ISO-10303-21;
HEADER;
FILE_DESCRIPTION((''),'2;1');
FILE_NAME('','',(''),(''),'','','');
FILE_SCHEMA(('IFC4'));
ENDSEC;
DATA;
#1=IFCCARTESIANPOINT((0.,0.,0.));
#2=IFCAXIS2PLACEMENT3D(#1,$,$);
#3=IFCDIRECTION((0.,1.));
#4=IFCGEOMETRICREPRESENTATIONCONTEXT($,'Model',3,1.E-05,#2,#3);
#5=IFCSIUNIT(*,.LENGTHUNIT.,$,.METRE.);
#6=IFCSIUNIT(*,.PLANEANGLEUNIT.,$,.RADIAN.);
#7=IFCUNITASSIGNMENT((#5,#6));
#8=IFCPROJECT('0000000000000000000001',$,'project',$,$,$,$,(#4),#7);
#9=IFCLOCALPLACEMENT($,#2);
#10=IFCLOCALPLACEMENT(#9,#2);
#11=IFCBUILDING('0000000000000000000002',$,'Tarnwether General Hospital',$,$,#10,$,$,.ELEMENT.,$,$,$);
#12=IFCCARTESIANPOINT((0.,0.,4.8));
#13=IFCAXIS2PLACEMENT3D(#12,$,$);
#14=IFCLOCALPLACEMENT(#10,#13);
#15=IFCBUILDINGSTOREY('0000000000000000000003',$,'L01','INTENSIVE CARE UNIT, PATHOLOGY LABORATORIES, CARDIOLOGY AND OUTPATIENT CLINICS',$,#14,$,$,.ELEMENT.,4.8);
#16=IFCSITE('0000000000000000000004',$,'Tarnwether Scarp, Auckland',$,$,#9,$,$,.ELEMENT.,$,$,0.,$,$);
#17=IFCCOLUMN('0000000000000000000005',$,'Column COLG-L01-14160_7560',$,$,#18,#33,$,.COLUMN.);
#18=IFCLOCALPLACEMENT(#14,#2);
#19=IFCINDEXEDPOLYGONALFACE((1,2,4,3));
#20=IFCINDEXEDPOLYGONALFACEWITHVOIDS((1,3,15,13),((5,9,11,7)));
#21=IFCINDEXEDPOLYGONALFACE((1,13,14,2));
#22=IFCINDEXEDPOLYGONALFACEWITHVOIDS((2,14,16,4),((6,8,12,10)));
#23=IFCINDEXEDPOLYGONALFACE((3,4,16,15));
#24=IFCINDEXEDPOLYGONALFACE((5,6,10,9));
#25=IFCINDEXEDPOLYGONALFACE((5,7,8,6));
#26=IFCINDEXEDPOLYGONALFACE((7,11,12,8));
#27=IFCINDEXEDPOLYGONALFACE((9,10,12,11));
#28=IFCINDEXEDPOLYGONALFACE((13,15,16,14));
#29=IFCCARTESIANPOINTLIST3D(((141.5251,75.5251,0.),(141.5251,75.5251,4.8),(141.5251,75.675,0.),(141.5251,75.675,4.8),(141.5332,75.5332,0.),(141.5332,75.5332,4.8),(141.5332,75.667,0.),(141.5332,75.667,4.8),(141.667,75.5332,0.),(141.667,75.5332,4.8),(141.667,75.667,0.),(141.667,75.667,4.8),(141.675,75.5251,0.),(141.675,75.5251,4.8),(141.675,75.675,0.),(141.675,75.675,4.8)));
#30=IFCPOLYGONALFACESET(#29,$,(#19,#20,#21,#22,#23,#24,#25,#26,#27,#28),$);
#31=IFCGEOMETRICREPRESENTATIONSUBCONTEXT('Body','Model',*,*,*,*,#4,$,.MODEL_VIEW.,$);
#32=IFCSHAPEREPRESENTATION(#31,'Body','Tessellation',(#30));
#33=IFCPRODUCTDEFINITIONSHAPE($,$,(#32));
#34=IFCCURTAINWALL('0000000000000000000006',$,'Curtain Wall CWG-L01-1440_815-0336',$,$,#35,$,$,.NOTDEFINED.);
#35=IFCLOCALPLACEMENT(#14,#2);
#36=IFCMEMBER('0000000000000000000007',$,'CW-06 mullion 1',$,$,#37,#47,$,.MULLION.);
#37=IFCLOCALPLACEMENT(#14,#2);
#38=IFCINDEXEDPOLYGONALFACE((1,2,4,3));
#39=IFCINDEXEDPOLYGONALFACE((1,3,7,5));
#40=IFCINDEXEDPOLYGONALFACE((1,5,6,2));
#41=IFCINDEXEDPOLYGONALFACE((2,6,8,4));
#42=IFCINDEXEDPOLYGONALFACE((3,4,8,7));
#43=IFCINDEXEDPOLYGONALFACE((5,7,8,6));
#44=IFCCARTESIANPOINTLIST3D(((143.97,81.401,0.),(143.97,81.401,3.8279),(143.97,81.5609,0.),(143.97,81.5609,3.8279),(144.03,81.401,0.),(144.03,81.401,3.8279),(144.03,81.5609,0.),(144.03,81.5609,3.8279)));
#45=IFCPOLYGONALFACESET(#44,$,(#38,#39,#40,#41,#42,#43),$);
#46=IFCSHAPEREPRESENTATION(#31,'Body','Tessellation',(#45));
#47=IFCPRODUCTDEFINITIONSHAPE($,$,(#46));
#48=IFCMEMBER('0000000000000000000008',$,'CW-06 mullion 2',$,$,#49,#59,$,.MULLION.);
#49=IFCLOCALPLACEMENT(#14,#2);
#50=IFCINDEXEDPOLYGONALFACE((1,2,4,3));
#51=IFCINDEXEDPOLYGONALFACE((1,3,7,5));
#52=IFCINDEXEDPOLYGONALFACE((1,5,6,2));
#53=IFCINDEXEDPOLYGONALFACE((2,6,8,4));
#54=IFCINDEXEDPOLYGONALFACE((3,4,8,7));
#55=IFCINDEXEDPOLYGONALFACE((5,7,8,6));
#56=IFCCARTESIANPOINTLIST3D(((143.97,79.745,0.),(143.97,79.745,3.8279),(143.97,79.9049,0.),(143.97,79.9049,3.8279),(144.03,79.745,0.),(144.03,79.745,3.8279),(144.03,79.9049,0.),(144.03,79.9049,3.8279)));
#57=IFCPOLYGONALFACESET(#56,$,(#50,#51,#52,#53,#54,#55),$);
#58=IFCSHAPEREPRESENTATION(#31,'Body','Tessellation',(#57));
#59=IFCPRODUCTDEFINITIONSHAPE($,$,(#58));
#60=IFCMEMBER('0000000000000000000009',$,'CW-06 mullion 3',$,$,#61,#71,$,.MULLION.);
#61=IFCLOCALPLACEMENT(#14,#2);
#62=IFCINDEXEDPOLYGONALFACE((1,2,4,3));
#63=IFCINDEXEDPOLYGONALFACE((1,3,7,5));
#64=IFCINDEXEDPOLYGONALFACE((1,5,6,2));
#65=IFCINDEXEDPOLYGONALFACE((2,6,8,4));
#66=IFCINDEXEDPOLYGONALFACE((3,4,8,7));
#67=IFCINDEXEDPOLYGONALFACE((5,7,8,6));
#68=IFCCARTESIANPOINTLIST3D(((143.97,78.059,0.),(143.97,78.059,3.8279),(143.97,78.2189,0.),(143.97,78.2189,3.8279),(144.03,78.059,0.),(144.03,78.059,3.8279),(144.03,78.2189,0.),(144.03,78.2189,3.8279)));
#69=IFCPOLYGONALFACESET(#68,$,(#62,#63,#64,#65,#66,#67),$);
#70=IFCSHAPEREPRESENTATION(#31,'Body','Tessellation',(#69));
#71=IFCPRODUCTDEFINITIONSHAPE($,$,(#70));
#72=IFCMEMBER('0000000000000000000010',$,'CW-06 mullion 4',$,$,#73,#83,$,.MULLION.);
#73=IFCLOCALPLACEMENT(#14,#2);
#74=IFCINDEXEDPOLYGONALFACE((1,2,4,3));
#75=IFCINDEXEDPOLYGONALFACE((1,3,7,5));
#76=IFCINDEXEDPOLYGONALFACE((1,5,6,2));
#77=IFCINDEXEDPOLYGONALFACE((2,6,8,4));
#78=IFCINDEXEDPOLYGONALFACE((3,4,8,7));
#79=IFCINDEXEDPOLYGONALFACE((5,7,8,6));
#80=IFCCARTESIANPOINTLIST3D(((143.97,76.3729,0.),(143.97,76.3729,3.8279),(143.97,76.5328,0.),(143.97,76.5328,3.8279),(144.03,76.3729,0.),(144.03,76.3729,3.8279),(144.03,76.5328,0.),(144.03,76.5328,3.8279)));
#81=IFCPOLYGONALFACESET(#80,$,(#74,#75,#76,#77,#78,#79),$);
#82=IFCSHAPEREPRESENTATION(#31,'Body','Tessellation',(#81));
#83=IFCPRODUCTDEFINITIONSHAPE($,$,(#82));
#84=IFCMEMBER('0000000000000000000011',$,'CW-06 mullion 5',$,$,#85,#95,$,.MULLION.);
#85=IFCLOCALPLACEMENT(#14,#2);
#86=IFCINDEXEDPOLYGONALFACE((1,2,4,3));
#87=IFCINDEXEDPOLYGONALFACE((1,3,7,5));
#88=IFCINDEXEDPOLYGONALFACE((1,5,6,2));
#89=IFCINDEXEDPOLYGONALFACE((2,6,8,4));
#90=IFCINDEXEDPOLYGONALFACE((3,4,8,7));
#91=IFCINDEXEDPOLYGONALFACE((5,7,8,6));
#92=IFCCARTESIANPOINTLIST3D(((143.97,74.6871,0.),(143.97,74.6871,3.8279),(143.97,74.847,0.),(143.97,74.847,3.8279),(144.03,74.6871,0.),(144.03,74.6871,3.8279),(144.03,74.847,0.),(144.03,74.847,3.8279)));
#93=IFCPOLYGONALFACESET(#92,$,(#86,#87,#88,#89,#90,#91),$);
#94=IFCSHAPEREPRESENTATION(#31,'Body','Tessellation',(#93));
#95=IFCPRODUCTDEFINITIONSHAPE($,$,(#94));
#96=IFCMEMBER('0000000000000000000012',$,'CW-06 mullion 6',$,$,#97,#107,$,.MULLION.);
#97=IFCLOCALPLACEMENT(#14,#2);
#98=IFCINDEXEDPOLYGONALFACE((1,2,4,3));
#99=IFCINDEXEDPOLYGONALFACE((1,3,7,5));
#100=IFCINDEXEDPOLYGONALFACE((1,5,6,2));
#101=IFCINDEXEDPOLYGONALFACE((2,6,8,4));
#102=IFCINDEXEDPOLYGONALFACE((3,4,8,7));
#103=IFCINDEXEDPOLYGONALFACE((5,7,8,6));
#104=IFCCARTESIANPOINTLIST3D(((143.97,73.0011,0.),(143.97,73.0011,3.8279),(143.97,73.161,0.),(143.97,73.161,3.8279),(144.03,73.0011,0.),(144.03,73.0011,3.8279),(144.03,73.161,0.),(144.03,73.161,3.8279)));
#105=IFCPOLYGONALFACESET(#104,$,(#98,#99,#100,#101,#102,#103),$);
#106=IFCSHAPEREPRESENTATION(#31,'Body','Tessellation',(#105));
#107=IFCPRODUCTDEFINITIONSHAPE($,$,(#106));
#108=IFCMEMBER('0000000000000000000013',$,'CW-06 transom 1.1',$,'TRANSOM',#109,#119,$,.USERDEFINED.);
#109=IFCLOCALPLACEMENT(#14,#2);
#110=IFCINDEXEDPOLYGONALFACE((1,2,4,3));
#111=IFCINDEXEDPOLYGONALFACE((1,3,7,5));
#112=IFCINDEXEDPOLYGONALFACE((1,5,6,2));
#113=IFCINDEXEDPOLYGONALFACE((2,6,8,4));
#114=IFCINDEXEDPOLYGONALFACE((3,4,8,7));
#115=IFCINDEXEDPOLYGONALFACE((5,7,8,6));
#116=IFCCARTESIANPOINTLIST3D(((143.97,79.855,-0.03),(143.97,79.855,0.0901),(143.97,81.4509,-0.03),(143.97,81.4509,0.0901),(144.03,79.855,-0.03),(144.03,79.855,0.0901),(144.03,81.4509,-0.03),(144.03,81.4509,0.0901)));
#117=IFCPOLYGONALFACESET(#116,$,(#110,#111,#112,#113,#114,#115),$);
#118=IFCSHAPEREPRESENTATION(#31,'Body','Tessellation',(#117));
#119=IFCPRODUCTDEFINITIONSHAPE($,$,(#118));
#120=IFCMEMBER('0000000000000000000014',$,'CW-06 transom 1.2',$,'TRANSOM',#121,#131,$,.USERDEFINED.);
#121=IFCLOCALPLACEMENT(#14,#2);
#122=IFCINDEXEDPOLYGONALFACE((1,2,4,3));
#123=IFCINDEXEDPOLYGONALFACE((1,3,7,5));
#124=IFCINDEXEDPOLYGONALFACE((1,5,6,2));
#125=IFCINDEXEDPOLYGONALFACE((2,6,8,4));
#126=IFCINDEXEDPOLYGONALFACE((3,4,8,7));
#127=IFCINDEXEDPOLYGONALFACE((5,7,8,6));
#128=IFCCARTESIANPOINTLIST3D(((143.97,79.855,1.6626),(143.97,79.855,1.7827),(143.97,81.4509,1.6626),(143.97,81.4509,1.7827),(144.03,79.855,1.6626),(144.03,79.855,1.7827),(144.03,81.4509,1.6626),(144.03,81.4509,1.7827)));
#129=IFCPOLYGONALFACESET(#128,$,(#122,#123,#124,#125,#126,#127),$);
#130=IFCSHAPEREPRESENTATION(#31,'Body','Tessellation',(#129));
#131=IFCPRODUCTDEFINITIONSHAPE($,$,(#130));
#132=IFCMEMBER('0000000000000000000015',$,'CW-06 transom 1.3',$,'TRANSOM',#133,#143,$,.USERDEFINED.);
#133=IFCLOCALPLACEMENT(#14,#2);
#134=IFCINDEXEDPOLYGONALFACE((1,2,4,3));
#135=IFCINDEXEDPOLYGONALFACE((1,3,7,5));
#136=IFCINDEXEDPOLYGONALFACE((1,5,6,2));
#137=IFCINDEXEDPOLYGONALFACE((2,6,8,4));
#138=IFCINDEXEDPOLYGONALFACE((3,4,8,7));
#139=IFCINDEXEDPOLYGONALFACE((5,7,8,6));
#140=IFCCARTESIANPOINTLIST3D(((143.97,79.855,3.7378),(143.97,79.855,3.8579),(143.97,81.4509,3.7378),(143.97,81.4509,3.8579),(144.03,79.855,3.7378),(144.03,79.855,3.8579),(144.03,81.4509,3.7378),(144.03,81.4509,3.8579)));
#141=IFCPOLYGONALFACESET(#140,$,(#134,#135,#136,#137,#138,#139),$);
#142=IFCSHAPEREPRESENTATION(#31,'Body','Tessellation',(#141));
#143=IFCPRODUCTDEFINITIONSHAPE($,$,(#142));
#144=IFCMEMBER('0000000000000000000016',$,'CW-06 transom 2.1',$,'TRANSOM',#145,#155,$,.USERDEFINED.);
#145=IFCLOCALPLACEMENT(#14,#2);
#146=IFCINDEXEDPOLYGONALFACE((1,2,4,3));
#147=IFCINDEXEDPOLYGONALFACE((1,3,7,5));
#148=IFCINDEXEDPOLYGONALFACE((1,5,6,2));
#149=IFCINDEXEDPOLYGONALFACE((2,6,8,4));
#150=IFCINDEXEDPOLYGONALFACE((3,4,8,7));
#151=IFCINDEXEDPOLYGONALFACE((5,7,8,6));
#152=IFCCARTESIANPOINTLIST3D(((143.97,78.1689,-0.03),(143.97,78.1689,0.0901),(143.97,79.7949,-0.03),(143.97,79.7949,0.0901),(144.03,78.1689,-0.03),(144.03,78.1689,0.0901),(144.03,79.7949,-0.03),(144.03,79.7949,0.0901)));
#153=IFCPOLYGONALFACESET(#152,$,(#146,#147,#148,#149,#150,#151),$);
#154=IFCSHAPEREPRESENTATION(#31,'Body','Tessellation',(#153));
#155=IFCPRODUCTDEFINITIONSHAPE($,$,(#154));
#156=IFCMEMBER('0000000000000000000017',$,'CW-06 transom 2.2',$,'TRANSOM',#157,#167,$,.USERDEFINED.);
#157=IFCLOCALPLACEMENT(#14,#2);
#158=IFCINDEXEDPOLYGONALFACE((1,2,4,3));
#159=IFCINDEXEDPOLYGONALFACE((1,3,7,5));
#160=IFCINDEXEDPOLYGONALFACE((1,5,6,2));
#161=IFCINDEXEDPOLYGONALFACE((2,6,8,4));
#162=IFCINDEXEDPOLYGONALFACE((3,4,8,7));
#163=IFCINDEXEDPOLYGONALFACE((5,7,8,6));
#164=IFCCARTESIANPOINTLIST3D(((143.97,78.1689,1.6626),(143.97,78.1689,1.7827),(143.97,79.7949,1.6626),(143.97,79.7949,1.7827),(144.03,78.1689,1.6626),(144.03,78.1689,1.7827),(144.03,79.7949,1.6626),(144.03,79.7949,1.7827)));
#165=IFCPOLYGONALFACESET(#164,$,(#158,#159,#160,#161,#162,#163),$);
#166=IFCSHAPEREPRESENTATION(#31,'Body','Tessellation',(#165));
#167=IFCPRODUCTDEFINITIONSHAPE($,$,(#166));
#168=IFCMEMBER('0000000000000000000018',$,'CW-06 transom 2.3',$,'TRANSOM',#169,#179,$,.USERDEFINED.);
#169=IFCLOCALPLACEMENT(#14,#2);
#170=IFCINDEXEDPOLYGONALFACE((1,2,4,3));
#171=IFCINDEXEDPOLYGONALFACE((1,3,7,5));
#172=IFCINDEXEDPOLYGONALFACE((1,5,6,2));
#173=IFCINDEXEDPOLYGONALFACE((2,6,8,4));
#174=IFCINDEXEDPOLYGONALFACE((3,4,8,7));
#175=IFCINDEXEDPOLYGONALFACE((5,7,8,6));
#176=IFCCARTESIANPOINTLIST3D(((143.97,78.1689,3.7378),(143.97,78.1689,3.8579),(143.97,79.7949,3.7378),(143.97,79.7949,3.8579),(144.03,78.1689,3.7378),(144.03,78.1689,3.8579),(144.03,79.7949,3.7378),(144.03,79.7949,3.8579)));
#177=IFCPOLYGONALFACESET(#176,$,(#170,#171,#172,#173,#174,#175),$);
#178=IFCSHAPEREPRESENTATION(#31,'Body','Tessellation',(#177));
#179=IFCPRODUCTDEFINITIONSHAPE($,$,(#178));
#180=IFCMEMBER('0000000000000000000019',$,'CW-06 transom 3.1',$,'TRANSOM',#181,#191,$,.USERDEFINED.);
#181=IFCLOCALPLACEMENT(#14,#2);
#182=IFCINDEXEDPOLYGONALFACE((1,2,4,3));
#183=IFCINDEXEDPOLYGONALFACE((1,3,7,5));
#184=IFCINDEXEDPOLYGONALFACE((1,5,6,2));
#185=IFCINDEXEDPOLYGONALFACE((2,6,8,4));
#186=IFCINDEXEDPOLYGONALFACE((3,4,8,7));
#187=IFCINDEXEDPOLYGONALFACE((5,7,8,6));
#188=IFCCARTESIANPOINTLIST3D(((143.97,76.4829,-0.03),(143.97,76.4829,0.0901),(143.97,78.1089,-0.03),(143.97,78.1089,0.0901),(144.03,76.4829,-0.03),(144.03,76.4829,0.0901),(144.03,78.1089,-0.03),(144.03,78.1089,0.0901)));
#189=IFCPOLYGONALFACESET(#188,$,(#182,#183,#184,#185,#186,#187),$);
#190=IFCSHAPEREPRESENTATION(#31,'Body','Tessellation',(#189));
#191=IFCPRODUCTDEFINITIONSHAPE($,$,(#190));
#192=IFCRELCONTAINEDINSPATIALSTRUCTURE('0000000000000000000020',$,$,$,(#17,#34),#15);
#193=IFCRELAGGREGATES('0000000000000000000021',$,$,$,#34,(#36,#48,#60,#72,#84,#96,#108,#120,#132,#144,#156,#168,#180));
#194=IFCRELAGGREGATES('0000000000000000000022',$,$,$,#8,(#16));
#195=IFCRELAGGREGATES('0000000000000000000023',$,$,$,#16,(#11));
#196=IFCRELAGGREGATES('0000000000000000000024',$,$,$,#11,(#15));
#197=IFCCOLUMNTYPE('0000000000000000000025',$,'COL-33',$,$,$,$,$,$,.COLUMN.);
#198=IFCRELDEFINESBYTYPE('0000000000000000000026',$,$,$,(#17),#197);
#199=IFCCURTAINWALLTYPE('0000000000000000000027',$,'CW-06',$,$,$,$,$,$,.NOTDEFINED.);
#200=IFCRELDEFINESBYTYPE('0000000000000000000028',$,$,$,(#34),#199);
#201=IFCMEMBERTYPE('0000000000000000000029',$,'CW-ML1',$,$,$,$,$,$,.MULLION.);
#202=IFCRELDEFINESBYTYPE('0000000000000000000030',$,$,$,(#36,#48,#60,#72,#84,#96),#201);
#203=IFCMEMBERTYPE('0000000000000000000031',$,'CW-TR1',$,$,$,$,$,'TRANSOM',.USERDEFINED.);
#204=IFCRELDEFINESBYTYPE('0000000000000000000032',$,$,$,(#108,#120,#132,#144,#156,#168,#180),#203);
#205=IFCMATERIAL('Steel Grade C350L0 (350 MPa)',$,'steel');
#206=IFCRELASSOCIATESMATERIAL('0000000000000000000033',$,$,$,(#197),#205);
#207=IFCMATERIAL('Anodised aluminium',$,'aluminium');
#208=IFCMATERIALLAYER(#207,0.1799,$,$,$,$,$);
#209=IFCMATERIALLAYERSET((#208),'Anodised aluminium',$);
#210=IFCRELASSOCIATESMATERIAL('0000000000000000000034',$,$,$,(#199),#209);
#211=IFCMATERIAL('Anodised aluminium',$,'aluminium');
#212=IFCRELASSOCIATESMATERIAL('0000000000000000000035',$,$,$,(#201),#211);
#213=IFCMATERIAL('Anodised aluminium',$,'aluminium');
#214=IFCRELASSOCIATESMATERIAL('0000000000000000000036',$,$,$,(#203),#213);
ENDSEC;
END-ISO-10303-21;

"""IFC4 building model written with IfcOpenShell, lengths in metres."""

from ifc_helpers import new_model, si_unit, direction, frame, origin, origin_2d, place, context, subcontext, project, spatial, rectangle, hollow_rectangle, extrude, material, layer, layer_set, material_profile, profile_set, type_object, element, aggregate, save


model = new_model("IFC4")

# Units and contexts
model_context = context("Model", 3, precision=1e-05, world=origin(), true_north=direction((0.0, 1.0)))
body_context = subcontext(model_context, "Body", "Model", "MODEL_VIEW")
ifc_project = project(units=[si_unit("LENGTHUNIT", "METRE"), si_unit("PLANEANGLEUNIT", "RADIAN")], contexts=[model_context])

# Site, building, storey
site_placement = place(None, origin())
site = spatial("IfcSite", under=ifc_project, at=site_placement, Name="Tarnwether Scarp, Auckland", CompositionType="ELEMENT", RefElevation=0.0)
building_placement = place(site_placement, origin())
building = spatial("IfcBuilding", under=site, at=building_placement, Name="Tarnwether General Hospital", CompositionType="ELEMENT")
storey_placement = place(building_placement, frame((0.0, 0.0, 4.8)))
storey = spatial("IfcBuildingStorey", under=building, at=storey_placement, Name="L01", Description="INTENSIVE CARE UNIT, PATHOLOGY LABORATORIES, CARDIOLOGY AND OUTPATIENT CLINICS", CompositionType="ELEMENT", Elevation=4.8)

# Column
ifc_material_1 = material(Name="Steel Grade C350L0 (350 MPa)", Category="steel")
ifc_material_profile_1 = material_profile(ifc_material_1, hollow_rectangle(XDim=0.1499, YDim=0.1499, WallThickness=0.0081, at=origin_2d()), Name="SHS150x150x8")
ifc_profile_set_1 = profile_set([ifc_material_profile_1], Name="Steel Grade C350L0 (350 MPa)")
column_type = type_object("IfcColumnType", Name="COL-33", PredefinedType="COLUMN", material=ifc_profile_set_1)
column_placement = place(storey_placement, frame((141.6001, 75.6001, 0.0), z_axis=(0.0, 0.0, 1.0), x_axis=(1.0, 0.0, 0.0)))
element("IfcColumn", 1, at=column_placement, inside=storey, type_object=column_type, Name="Column COLG-L01-14160_7560", PredefinedType="COLUMN", context=body_context, shape_type="SweptSolid", body=[
    extrude(hollow_rectangle(XDim=0.1499, YDim=0.1499, WallThickness=0.0081, at=origin_2d()), origin(), (0.0, 0.0, 1.0), 4.8),
])

# Curtain wall, members
ifc_material_2 = material(Name="Anodised aluminium", Category="aluminium")
ifc_layer_1 = layer(ifc_material_2, 0.1799)
ifc_layer_set_1 = layer_set([ifc_layer_1], Name="Anodised aluminium")
curtain_wall_type = type_object("IfcCurtainWallType", Name="CW-06", PredefinedType="NOTDEFINED", material=ifc_layer_set_1)
curtain_wall_placement = place(storey_placement, origin())
curtain_wall = element("IfcCurtainWall", 2, at=curtain_wall_placement, inside=storey, type_object=curtain_wall_type, Name="Curtain Wall CWG-L01-1440_815-0336", PredefinedType="NOTDEFINED")
ifc_material_3 = material(Name="Anodised aluminium", Category="aluminium")
ifc_material_profile_2 = material_profile(ifc_material_3, rectangle(XDim=0.0601, YDim=0.1599, at=origin_2d()), Name="ALU-MUL-60x160")
ifc_profile_set_2 = profile_set([ifc_material_profile_2], Name="Anodised aluminium")
member_type_1 = type_object("IfcMemberType", Name="CW-ML1", PredefinedType="MULLION", material=ifc_profile_set_2)
member_1_placement = place(storey_placement, frame((144.0, 81.481, 0.0), z_axis=(0.0, 0.0, 1.0), x_axis=(1.0, 0.0, 0.0)))
member_1 = element("IfcMember", 3, at=member_1_placement, type_object=member_type_1, Name="CW-06 mullion 1", PredefinedType="MULLION", context=body_context, shape_type="SweptSolid", body=[
    extrude(rectangle(XDim=0.0601, YDim=0.1599, at=origin_2d()), origin(), (0.0, 0.0, 1.0), 3.8279),
])
member_2_placement = place(storey_placement, frame((144.0, 79.825, 0.0), z_axis=(0.0, 0.0, 1.0), x_axis=(1.0, 0.0, 0.0)))
member_2 = element("IfcMember", 4, at=member_2_placement, type_object=member_type_1, Name="CW-06 mullion 2", PredefinedType="MULLION", context=body_context, shape_type="SweptSolid", body=[
    extrude(rectangle(XDim=0.0601, YDim=0.1599, at=origin_2d()), origin(), (0.0, 0.0, 1.0), 3.8279),
])
member_3_placement = place(storey_placement, frame((144.0, 78.1389, 0.0), z_axis=(0.0, 0.0, 1.0), x_axis=(1.0, 0.0, 0.0)))
member_3 = element("IfcMember", 5, at=member_3_placement, type_object=member_type_1, Name="CW-06 mullion 3", PredefinedType="MULLION", context=body_context, shape_type="SweptSolid", body=[
    extrude(rectangle(XDim=0.0601, YDim=0.1599, at=origin_2d()), origin(), (0.0, 0.0, 1.0), 3.8279),
])
member_4_placement = place(storey_placement, frame((144.0, 76.4529, 0.0), z_axis=(0.0, 0.0, 1.0), x_axis=(1.0, 0.0, 0.0)))
member_4 = element("IfcMember", 6, at=member_4_placement, type_object=member_type_1, Name="CW-06 mullion 4", PredefinedType="MULLION", context=body_context, shape_type="SweptSolid", body=[
    extrude(rectangle(XDim=0.0601, YDim=0.1599, at=origin_2d()), origin(), (0.0, 0.0, 1.0), 3.8279),
])
member_5_placement = place(storey_placement, frame((144.0, 74.7671, 0.0), z_axis=(0.0, 0.0, 1.0), x_axis=(1.0, 0.0, 0.0)))
member_5 = element("IfcMember", 7, at=member_5_placement, type_object=member_type_1, Name="CW-06 mullion 5", PredefinedType="MULLION", context=body_context, shape_type="SweptSolid", body=[
    extrude(rectangle(XDim=0.0601, YDim=0.1599, at=origin_2d()), origin(), (0.0, 0.0, 1.0), 3.8279),
])
member_6_placement = place(storey_placement, frame((144.0, 73.0811, 0.0), z_axis=(0.0, 0.0, 1.0), x_axis=(1.0, 0.0, 0.0)))
member_6 = element("IfcMember", 8, at=member_6_placement, type_object=member_type_1, Name="CW-06 mullion 6", PredefinedType="MULLION", context=body_context, shape_type="SweptSolid", body=[
    extrude(rectangle(XDim=0.0601, YDim=0.1599, at=origin_2d()), origin(), (0.0, 0.0, 1.0), 3.8279),
])
ifc_material_4 = material(Name="Anodised aluminium", Category="aluminium")
ifc_material_profile_3 = material_profile(ifc_material_4, rectangle(XDim=0.0601, YDim=0.1201, at=origin_2d()), Name="ALU-TRN-60x120")
ifc_profile_set_3 = profile_set([ifc_material_profile_3], Name="Anodised aluminium")
member_type_2 = type_object("IfcMemberType", Name="CW-TR1", ElementType="TRANSOM", PredefinedType="USERDEFINED", material=ifc_profile_set_3)
member_7_placement = place(storey_placement, frame((144.0, 81.4509, 0.03), z_axis=(0.0, -1.0, 0.0), x_axis=(1.0, 0.0, 0.0)))
member_7 = element("IfcMember", 9, at=member_7_placement, type_object=member_type_2, Name="CW-06 transom 1.1", ObjectType="TRANSOM", PredefinedType="USERDEFINED", context=body_context, shape_type="SweptSolid", body=[
    extrude(rectangle(XDim=0.0601, YDim=0.1201, at=origin_2d()), origin(), (0.0, 0.0, 1.0), 1.5959),
])
member_8_placement = place(storey_placement, frame((144.0, 81.4509, 1.7227), z_axis=(0.0, -1.0, 0.0), x_axis=(1.0, 0.0, 0.0)))
member_8 = element("IfcMember", 10, at=member_8_placement, type_object=member_type_2, Name="CW-06 transom 1.2", ObjectType="TRANSOM", PredefinedType="USERDEFINED", context=body_context, shape_type="SweptSolid", body=[
    extrude(rectangle(XDim=0.0601, YDim=0.1201, at=origin_2d()), origin(), (0.0, 0.0, 1.0), 1.5959),
])
member_9_placement = place(storey_placement, frame((144.0, 81.4509, 3.7979), z_axis=(0.0, -1.0, 0.0), x_axis=(1.0, 0.0, 0.0)))
member_9 = element("IfcMember", 11, at=member_9_placement, type_object=member_type_2, Name="CW-06 transom 1.3", ObjectType="TRANSOM", PredefinedType="USERDEFINED", context=body_context, shape_type="SweptSolid", body=[
    extrude(rectangle(XDim=0.0601, YDim=0.1201, at=origin_2d()), origin(), (0.0, 0.0, 1.0), 1.5959),
])
member_10_placement = place(storey_placement, frame((144.0, 79.7949, 0.03), z_axis=(0.0, -1.0, 0.0), x_axis=(1.0, 0.0, 0.0)))
member_10 = element("IfcMember", 12, at=member_10_placement, type_object=member_type_2, Name="CW-06 transom 2.1", ObjectType="TRANSOM", PredefinedType="USERDEFINED", context=body_context, shape_type="SweptSolid", body=[
    extrude(rectangle(XDim=0.0601, YDim=0.1201, at=origin_2d()), origin(), (0.0, 0.0, 1.0), 1.626),
])
member_11_placement = place(storey_placement, frame((144.0, 79.7949, 1.7227), z_axis=(0.0, -1.0, 0.0), x_axis=(1.0, 0.0, 0.0)))
member_11 = element("IfcMember", 13, at=member_11_placement, type_object=member_type_2, Name="CW-06 transom 2.2", ObjectType="TRANSOM", PredefinedType="USERDEFINED", context=body_context, shape_type="SweptSolid", body=[
    extrude(rectangle(XDim=0.0601, YDim=0.1201, at=origin_2d()), origin(), (0.0, 0.0, 1.0), 1.626),
])
member_12_placement = place(storey_placement, frame((144.0, 79.7949, 3.7979), z_axis=(0.0, -1.0, 0.0), x_axis=(1.0, 0.0, 0.0)))
member_12 = element("IfcMember", 14, at=member_12_placement, type_object=member_type_2, Name="CW-06 transom 2.3", ObjectType="TRANSOM", PredefinedType="USERDEFINED", context=body_context, shape_type="SweptSolid", body=[
    extrude(rectangle(XDim=0.0601, YDim=0.1201, at=origin_2d()), origin(), (0.0, 0.0, 1.0), 1.626),
])
member_13_placement = place(storey_placement, frame((144.0, 78.1089, 0.03), z_axis=(0.0, -1.0, 0.0), x_axis=(1.0, 0.0, 0.0)))
member_13 = element("IfcMember", 15, at=member_13_placement, type_object=member_type_2, Name="CW-06 transom 3.1", ObjectType="TRANSOM", PredefinedType="USERDEFINED", context=body_context, shape_type="SweptSolid", body=[
    extrude(rectangle(XDim=0.0601, YDim=0.1201, at=origin_2d()), origin(), (0.0, 0.0, 1.0), 1.626),
])
aggregate(curtain_wall, [member_1, member_2, member_3, member_4, member_5, member_6, member_7, member_8, member_9, member_10, member_11, member_12, member_13])

save(model, "model.ifc")
